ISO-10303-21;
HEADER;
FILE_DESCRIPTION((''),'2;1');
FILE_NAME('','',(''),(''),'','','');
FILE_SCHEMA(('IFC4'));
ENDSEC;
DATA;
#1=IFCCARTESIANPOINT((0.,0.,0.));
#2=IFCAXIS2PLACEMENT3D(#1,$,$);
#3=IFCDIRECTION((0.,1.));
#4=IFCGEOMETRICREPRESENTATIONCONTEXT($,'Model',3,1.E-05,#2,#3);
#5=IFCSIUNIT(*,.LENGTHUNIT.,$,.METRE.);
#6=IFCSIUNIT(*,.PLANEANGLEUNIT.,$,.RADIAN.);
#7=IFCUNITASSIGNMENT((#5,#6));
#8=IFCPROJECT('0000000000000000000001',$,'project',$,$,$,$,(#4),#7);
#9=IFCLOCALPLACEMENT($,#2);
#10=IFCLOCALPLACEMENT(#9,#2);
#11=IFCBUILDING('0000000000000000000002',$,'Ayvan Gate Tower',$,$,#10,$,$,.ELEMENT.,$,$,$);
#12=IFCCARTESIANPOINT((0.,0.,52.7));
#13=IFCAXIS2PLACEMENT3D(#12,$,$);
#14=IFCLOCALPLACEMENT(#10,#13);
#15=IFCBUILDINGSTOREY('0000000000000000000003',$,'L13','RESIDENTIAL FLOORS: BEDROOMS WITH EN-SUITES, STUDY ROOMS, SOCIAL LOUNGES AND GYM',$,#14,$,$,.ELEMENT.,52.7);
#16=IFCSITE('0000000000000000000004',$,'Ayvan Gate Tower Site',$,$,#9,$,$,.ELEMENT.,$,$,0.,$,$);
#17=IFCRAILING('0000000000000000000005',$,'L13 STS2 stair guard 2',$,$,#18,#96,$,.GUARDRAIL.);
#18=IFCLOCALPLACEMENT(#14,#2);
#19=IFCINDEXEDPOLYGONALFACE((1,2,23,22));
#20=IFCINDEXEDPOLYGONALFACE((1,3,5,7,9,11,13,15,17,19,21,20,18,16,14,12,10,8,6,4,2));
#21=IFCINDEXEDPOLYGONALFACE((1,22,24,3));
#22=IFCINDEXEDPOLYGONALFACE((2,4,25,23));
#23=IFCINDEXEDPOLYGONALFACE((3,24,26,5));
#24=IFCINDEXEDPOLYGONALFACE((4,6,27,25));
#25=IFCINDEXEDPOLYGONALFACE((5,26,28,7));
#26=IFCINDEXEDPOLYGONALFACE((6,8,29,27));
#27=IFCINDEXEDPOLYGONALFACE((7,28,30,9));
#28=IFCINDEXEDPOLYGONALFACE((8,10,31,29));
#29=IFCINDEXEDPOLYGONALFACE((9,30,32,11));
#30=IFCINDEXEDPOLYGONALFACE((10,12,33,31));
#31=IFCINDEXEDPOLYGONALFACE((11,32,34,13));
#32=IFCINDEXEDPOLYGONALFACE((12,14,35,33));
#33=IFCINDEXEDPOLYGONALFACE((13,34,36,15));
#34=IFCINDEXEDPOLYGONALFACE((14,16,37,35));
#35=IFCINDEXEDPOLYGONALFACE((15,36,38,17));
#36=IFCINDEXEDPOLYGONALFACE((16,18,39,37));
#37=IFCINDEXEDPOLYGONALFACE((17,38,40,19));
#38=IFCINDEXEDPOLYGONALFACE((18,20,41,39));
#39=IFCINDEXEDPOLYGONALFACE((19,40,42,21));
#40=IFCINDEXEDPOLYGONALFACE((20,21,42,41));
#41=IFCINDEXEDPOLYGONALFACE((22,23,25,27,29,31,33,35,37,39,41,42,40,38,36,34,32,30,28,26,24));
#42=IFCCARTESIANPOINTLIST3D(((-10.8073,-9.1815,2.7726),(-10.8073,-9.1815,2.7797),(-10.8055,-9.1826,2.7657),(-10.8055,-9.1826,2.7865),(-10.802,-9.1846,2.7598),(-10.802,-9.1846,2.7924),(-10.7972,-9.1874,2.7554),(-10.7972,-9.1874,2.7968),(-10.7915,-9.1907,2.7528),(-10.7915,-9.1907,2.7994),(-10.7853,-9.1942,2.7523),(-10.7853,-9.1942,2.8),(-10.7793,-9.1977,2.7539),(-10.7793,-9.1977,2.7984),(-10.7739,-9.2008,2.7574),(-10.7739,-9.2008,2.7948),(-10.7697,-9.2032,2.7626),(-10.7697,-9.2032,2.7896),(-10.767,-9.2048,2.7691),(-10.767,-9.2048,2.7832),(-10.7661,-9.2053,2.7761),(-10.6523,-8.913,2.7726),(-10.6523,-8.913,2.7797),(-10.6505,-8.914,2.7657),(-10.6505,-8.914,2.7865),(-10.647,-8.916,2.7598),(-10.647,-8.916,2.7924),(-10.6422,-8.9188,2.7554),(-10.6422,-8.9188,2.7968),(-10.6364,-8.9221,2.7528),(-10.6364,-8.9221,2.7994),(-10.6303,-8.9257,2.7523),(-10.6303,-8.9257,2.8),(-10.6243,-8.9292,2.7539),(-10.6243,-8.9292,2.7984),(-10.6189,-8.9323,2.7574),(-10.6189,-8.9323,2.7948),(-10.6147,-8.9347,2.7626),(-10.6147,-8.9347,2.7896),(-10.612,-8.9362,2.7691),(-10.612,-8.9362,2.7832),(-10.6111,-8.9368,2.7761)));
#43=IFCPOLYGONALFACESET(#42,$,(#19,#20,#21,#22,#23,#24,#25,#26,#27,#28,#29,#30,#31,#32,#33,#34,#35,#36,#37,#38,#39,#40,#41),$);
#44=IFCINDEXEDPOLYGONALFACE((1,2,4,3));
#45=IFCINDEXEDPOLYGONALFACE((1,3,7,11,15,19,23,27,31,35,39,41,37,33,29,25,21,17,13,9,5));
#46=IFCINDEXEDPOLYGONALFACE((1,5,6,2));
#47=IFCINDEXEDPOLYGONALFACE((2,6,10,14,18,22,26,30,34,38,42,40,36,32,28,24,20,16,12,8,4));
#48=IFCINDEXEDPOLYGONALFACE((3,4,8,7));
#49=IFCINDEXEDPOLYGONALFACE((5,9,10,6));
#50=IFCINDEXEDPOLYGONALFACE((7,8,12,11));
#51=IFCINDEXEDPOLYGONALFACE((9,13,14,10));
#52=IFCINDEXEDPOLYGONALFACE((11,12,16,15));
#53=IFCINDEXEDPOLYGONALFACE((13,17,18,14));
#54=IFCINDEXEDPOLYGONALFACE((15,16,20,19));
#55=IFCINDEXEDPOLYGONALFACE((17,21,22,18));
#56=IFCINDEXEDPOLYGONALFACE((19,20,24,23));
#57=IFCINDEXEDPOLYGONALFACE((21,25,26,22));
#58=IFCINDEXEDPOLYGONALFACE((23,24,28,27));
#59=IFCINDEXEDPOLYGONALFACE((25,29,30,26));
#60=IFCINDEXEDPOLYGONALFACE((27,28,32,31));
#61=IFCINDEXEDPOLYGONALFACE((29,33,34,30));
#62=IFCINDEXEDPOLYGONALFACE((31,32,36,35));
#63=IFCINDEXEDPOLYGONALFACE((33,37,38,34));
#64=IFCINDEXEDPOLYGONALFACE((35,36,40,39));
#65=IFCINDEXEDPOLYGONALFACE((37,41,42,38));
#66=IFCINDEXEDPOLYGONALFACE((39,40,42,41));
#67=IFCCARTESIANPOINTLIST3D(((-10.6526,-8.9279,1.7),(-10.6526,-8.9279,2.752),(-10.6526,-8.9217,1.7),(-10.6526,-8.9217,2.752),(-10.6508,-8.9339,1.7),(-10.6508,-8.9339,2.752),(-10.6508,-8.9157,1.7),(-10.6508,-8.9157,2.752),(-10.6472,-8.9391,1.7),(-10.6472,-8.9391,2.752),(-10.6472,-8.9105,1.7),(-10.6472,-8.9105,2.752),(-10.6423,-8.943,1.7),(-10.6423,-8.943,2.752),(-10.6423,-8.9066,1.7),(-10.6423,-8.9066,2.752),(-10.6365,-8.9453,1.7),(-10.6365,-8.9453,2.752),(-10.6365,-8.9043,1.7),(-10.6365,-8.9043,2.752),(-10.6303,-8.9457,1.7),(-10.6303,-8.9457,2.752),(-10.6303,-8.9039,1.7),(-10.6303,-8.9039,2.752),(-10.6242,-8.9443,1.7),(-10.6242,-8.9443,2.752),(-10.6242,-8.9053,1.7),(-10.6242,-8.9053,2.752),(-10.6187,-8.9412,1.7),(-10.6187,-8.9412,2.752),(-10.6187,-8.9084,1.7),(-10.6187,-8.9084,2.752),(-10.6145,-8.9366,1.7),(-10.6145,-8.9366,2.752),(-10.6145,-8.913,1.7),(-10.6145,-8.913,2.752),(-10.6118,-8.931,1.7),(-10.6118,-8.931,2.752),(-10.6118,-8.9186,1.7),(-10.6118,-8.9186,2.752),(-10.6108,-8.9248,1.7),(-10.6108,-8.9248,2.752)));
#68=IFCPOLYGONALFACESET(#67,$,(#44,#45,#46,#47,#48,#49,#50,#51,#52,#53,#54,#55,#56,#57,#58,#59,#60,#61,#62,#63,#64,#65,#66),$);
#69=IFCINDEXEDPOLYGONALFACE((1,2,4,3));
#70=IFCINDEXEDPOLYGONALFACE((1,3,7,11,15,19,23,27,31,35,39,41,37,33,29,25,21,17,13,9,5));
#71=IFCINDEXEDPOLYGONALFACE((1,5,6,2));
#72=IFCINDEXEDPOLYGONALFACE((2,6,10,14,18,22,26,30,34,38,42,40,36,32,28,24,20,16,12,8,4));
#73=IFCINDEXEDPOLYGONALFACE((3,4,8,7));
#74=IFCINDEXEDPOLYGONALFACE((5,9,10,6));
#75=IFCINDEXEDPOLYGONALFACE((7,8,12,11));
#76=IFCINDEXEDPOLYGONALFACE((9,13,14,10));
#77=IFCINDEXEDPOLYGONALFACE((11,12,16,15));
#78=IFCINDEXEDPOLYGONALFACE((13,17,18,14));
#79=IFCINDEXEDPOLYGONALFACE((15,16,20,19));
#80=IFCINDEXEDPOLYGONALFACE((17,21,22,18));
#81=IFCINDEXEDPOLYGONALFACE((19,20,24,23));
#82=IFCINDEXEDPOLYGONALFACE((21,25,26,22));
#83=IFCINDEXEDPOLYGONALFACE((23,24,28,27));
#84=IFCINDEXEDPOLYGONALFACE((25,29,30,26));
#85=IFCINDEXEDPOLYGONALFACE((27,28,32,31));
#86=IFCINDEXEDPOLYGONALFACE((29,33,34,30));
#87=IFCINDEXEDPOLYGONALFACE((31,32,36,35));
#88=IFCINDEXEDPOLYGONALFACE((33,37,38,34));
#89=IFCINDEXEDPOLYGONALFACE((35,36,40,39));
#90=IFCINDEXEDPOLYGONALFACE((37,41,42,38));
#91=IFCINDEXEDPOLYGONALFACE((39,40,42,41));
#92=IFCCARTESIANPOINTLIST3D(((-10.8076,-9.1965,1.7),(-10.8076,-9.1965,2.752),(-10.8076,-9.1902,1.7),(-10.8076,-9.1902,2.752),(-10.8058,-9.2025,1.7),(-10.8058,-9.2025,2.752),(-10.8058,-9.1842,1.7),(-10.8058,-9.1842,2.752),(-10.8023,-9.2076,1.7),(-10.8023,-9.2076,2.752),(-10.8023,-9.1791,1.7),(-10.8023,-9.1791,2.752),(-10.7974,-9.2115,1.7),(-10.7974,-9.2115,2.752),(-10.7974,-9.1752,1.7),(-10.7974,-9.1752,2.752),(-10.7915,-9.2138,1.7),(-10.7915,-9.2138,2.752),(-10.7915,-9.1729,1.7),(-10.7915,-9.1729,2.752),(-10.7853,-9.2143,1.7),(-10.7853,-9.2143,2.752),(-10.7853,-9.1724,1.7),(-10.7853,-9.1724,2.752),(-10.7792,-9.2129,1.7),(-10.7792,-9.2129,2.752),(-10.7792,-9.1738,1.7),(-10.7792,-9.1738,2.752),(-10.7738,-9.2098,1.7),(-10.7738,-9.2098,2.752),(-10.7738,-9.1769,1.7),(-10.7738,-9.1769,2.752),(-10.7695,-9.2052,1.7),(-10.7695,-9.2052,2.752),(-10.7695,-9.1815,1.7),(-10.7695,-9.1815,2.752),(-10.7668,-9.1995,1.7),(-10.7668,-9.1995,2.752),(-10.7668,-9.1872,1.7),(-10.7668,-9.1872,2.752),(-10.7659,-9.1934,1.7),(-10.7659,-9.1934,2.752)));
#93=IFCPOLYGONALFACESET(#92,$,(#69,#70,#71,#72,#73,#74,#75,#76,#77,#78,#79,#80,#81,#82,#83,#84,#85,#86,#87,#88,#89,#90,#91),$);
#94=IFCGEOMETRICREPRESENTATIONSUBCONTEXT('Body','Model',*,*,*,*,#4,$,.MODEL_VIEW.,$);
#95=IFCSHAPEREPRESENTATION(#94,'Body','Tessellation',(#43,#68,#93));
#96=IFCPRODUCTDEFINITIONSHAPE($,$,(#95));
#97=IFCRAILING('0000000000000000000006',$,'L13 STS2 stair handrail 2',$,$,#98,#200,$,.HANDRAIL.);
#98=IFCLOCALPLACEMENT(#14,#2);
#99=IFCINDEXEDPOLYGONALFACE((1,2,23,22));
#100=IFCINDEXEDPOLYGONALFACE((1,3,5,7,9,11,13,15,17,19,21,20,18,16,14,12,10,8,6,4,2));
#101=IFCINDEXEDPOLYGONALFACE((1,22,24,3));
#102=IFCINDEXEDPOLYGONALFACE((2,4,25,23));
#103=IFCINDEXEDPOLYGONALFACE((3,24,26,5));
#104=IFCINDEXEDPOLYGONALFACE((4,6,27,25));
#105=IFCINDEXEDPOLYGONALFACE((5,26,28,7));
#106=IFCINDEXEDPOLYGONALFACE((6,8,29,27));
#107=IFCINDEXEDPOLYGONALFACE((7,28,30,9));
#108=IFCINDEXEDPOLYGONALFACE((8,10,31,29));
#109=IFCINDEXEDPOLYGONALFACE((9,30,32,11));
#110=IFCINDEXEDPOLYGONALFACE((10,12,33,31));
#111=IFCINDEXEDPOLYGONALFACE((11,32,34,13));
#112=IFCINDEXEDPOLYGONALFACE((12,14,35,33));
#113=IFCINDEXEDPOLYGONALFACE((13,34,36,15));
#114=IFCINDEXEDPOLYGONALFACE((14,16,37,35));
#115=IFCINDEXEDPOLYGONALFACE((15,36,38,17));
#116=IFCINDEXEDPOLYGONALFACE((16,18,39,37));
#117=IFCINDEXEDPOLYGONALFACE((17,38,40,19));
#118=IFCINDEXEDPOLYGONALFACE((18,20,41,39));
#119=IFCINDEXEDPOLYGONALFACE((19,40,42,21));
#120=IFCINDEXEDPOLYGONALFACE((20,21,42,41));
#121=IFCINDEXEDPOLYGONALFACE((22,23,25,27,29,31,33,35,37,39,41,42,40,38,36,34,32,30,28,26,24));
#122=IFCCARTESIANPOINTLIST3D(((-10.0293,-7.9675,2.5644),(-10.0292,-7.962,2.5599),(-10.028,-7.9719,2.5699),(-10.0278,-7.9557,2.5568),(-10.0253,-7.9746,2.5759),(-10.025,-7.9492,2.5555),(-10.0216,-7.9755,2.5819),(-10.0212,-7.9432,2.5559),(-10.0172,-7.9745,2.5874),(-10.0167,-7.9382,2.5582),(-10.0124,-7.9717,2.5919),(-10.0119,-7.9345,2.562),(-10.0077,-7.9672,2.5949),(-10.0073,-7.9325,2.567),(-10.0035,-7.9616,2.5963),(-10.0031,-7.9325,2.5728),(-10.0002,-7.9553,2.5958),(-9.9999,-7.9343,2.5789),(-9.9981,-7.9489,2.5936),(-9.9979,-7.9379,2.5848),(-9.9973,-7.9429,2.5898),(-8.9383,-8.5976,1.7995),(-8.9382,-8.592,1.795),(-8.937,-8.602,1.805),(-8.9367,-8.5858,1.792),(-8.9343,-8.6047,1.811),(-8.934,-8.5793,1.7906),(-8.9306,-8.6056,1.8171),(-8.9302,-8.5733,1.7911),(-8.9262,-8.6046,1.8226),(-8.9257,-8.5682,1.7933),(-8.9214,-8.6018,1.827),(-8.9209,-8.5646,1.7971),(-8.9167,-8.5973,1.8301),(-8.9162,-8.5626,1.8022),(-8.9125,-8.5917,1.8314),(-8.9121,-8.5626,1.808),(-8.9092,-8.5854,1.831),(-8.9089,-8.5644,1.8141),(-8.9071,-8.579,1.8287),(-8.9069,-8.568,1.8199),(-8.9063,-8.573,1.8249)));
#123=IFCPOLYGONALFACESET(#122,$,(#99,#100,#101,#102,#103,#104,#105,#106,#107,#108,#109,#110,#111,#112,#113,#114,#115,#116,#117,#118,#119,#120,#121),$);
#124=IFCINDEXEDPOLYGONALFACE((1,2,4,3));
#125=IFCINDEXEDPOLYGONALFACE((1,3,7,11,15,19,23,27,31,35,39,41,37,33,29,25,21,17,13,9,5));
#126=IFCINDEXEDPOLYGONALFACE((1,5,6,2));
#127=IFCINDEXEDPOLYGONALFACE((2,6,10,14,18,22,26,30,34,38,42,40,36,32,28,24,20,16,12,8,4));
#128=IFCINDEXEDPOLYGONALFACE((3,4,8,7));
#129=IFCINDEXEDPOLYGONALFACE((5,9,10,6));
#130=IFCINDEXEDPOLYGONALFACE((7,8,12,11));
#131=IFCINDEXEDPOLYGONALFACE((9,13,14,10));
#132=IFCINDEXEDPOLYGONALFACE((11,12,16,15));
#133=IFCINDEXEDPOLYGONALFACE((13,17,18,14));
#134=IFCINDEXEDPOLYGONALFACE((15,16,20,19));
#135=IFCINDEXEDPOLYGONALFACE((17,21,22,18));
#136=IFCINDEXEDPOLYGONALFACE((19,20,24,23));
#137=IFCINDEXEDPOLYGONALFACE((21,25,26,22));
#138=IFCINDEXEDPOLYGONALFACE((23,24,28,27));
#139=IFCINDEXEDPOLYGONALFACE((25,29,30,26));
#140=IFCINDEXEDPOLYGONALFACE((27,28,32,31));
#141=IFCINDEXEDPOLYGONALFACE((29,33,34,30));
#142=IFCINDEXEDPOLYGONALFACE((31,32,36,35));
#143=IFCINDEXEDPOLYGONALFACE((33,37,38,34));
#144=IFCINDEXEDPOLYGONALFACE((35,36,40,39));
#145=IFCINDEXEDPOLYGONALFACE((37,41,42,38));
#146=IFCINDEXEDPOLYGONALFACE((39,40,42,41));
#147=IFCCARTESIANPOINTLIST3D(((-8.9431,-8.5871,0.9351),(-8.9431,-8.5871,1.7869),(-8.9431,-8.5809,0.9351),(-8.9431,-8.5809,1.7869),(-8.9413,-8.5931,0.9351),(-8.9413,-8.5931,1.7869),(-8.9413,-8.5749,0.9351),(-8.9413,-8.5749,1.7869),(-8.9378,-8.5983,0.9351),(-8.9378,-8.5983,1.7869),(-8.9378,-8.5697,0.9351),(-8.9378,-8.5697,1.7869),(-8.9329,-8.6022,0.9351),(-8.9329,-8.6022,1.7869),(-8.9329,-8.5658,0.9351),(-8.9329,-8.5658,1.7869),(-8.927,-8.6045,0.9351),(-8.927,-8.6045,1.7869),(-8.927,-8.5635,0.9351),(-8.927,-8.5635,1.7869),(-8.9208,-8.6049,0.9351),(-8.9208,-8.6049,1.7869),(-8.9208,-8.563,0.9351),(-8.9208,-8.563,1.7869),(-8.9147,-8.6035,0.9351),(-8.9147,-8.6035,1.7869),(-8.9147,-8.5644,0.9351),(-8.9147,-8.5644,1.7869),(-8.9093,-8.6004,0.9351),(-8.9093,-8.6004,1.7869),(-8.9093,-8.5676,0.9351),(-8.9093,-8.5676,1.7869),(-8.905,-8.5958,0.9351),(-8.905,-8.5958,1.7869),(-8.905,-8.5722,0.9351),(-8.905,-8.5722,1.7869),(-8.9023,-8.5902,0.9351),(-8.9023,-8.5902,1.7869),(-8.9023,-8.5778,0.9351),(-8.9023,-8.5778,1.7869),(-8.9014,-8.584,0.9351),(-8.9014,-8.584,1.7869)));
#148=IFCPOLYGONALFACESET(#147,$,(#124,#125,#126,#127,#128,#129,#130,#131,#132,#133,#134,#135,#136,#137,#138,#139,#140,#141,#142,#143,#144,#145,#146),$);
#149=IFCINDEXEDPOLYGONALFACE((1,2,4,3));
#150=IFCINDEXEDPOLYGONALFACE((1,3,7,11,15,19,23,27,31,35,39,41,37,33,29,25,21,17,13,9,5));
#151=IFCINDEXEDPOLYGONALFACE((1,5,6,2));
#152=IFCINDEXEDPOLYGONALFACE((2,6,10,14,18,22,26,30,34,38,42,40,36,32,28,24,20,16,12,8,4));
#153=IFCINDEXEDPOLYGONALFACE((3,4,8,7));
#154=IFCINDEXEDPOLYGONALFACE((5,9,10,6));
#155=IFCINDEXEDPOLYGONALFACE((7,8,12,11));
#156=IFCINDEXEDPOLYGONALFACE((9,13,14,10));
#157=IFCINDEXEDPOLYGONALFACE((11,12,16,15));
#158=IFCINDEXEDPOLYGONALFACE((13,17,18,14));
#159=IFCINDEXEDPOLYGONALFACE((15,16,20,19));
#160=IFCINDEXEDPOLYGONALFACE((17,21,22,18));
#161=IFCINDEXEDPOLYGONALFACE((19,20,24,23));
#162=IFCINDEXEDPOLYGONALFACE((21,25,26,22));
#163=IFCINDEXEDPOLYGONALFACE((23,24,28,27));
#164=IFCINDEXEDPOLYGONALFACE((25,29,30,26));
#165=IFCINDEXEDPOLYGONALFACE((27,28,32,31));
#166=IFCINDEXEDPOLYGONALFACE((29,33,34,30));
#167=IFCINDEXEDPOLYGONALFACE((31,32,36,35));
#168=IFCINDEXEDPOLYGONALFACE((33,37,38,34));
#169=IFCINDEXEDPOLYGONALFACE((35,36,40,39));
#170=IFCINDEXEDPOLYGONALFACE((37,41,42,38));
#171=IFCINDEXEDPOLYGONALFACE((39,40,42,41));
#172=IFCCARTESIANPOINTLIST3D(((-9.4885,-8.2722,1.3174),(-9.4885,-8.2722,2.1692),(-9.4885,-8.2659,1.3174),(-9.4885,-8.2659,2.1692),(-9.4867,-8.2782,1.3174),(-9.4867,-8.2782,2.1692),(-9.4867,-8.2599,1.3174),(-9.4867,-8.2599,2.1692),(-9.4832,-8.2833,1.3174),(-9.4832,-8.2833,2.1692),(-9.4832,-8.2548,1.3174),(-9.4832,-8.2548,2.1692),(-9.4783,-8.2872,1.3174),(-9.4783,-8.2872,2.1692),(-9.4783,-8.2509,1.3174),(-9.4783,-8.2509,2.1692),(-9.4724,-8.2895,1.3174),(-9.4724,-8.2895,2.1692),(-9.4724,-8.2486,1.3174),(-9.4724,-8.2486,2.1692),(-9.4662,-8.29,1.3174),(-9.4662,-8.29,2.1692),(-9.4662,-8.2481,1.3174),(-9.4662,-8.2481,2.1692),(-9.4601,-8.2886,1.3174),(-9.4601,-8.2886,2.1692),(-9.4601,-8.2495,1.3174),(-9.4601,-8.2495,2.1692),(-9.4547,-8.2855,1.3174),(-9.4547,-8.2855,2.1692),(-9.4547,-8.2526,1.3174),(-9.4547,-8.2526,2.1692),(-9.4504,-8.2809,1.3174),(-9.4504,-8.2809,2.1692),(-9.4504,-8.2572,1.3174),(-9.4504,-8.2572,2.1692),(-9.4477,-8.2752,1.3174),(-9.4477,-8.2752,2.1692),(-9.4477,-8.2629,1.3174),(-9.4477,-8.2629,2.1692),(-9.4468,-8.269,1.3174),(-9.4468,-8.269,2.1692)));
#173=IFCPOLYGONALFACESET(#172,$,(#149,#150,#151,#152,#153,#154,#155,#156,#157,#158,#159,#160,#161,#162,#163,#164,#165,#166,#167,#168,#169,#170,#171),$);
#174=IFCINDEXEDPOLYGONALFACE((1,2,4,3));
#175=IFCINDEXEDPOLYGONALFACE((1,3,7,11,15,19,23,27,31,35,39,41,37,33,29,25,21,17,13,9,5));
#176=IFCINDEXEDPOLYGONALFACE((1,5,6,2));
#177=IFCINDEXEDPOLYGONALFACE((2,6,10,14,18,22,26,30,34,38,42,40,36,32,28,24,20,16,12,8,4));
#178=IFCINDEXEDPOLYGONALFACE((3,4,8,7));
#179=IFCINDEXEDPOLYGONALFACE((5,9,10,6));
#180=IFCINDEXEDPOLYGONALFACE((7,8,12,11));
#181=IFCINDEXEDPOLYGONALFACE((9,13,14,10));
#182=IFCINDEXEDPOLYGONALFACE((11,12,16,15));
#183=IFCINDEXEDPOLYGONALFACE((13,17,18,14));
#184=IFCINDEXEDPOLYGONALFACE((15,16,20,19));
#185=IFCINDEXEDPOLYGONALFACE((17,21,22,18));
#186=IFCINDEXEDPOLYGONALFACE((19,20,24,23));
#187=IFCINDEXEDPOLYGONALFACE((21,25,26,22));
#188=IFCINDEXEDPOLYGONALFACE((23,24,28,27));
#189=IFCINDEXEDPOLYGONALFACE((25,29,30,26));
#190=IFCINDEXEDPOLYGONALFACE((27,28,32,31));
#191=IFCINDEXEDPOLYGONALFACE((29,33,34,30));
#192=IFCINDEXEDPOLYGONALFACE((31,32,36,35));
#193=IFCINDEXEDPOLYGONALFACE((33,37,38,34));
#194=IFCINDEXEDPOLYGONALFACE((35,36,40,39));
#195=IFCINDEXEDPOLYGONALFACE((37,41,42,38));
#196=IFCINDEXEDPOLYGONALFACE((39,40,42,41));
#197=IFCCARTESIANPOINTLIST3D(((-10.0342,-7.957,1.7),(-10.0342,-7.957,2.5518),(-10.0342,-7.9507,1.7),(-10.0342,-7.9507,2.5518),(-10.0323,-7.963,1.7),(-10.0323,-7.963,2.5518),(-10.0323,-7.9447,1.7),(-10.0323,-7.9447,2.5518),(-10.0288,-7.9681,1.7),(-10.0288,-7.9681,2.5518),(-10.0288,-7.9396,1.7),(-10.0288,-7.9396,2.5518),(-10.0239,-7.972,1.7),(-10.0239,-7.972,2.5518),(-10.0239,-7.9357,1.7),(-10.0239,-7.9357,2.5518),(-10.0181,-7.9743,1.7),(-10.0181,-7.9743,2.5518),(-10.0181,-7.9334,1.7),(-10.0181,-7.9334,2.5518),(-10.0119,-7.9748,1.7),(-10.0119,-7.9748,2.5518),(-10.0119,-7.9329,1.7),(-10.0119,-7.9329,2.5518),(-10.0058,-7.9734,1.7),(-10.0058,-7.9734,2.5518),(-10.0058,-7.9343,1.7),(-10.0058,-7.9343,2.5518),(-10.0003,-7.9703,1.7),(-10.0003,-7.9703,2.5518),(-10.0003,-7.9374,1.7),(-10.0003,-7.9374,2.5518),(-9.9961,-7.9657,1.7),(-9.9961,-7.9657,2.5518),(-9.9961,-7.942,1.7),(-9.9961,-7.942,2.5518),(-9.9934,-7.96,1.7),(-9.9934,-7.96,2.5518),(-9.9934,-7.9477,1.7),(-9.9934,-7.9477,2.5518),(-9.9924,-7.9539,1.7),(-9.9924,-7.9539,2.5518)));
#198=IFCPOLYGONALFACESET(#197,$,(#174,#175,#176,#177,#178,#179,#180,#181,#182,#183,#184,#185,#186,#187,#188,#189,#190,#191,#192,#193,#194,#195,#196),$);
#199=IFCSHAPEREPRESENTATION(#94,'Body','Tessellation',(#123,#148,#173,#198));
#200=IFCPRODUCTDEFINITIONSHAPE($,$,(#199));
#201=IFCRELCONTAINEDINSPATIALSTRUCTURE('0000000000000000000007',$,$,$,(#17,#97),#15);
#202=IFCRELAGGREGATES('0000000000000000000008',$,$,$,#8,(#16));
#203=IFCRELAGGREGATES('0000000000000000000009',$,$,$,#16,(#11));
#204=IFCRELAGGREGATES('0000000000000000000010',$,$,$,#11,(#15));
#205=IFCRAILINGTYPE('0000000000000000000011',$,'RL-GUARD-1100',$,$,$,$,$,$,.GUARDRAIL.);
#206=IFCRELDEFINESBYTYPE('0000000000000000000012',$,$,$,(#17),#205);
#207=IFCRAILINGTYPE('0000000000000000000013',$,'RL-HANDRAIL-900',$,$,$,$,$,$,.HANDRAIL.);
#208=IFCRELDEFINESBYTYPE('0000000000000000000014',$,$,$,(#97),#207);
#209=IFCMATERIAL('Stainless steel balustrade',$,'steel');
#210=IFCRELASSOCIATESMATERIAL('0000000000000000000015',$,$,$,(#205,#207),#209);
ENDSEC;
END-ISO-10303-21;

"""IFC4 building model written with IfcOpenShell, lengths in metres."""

from ifc_helpers import new_model, si_unit, direction, frame, origin, origin_2d, place, context, subcontext, project, spatial, circle, extrude, material, type_object, element, save


model = new_model("IFC4")

# Units and contexts
model_context = context("Model", 3, precision=1e-05, world=origin(), true_north=direction((0.0, 1.0)))
body_context = subcontext(model_context, "Body", "Model", "MODEL_VIEW")
ifc_project = project(units=[si_unit("LENGTHUNIT", "METRE"), si_unit("PLANEANGLEUNIT", "RADIAN")], contexts=[model_context])

# Site, building, storey
site_placement = place(None, origin())
site = spatial("IfcSite", under=ifc_project, at=site_placement, Name="Ayvan Gate Tower Site", CompositionType="ELEMENT", RefElevation=0.0)
building_placement = place(site_placement, origin())
building = spatial("IfcBuilding", under=site, at=building_placement, Name="Ayvan Gate Tower", CompositionType="ELEMENT")
storey_placement = place(building_placement, frame((0.0, 0.0, 52.7)))
storey = spatial("IfcBuildingStorey", under=building, at=storey_placement, Name="L13", Description="RESIDENTIAL FLOORS: BEDROOMS WITH EN-SUITES, STUDY ROOMS, SOCIAL LOUNGES AND GYM", CompositionType="ELEMENT", Elevation=52.7)

# Railings
ifc_material_1 = material(Name="Stainless steel balustrade", Category="steel")
railing_type_1 = type_object("IfcRailingType", Name="RL-GUARD-1100", PredefinedType="GUARDRAIL", material=ifc_material_1)
railing_1_placement = place(storey_placement, frame((-10.6318, -8.9248, 1.7)))
element("IfcRailing", 1, at=railing_1_placement, inside=storey, type_object=railing_type_1, Name="L13 STS2 stair guard 2", PredefinedType="GUARDRAIL", context=body_context, shape_type="SweptSolid", body=[
    extrude(circle(Radius=0.0239, at=origin_2d()), frame((0.0, 0.0, 1.0762), z_axis=(-0.49995, -0.866054, 0.0), x_axis=(0.866054, -0.49995, 0.0)), (0.0, 0.0, 1.0), 0.3101),
    extrude(circle(Radius=0.021, at=origin_2d()), origin(), (0.0, 0.0, 1.0), 1.052),
    extrude(circle(Radius=0.021, at=origin_2d()), frame((-0.155, -0.2686, 0.0)), (0.0, 0.0, 1.0), 1.052),
])
railing_type_2 = type_object("IfcRailingType", Name="RL-HANDRAIL-900", PredefinedType="HANDRAIL", material=ifc_material_1)
railing_2_placement = place(storey_placement, frame((-8.9224, -8.584, 0.9351)))
element("IfcRailing", 2, at=railing_2_placement, inside=storey, type_object=railing_type_2, Name="L13 STS2 stair handrail 2", PredefinedType="HANDRAIL", context=body_context, shape_type="SweptSolid", body=[
    extrude(circle(Radius=0.0239, at=origin_2d()), frame((0.0, 0.0, 0.876), z_axis=(-0.740229, 0.427508, 0.518939), x_axis=(-0.500119, -0.865956, 0.0)), (0.0, 0.0, 1.0), 1.4739),
    extrude(circle(Radius=0.021, at=origin_2d()), origin(), (0.0, 0.0, 1.0), 0.8518),
    extrude(circle(Radius=0.021, at=origin_2d()), frame((-0.5454, 0.3149, 0.3823)), (0.0, 0.0, 1.0), 0.8518),
    extrude(circle(Radius=0.021, at=origin_2d()), frame((-1.0911, 0.6301, 0.7649)), (0.0, 0.0, 1.0), 0.8518),
])

save(model, "model.ifc")
